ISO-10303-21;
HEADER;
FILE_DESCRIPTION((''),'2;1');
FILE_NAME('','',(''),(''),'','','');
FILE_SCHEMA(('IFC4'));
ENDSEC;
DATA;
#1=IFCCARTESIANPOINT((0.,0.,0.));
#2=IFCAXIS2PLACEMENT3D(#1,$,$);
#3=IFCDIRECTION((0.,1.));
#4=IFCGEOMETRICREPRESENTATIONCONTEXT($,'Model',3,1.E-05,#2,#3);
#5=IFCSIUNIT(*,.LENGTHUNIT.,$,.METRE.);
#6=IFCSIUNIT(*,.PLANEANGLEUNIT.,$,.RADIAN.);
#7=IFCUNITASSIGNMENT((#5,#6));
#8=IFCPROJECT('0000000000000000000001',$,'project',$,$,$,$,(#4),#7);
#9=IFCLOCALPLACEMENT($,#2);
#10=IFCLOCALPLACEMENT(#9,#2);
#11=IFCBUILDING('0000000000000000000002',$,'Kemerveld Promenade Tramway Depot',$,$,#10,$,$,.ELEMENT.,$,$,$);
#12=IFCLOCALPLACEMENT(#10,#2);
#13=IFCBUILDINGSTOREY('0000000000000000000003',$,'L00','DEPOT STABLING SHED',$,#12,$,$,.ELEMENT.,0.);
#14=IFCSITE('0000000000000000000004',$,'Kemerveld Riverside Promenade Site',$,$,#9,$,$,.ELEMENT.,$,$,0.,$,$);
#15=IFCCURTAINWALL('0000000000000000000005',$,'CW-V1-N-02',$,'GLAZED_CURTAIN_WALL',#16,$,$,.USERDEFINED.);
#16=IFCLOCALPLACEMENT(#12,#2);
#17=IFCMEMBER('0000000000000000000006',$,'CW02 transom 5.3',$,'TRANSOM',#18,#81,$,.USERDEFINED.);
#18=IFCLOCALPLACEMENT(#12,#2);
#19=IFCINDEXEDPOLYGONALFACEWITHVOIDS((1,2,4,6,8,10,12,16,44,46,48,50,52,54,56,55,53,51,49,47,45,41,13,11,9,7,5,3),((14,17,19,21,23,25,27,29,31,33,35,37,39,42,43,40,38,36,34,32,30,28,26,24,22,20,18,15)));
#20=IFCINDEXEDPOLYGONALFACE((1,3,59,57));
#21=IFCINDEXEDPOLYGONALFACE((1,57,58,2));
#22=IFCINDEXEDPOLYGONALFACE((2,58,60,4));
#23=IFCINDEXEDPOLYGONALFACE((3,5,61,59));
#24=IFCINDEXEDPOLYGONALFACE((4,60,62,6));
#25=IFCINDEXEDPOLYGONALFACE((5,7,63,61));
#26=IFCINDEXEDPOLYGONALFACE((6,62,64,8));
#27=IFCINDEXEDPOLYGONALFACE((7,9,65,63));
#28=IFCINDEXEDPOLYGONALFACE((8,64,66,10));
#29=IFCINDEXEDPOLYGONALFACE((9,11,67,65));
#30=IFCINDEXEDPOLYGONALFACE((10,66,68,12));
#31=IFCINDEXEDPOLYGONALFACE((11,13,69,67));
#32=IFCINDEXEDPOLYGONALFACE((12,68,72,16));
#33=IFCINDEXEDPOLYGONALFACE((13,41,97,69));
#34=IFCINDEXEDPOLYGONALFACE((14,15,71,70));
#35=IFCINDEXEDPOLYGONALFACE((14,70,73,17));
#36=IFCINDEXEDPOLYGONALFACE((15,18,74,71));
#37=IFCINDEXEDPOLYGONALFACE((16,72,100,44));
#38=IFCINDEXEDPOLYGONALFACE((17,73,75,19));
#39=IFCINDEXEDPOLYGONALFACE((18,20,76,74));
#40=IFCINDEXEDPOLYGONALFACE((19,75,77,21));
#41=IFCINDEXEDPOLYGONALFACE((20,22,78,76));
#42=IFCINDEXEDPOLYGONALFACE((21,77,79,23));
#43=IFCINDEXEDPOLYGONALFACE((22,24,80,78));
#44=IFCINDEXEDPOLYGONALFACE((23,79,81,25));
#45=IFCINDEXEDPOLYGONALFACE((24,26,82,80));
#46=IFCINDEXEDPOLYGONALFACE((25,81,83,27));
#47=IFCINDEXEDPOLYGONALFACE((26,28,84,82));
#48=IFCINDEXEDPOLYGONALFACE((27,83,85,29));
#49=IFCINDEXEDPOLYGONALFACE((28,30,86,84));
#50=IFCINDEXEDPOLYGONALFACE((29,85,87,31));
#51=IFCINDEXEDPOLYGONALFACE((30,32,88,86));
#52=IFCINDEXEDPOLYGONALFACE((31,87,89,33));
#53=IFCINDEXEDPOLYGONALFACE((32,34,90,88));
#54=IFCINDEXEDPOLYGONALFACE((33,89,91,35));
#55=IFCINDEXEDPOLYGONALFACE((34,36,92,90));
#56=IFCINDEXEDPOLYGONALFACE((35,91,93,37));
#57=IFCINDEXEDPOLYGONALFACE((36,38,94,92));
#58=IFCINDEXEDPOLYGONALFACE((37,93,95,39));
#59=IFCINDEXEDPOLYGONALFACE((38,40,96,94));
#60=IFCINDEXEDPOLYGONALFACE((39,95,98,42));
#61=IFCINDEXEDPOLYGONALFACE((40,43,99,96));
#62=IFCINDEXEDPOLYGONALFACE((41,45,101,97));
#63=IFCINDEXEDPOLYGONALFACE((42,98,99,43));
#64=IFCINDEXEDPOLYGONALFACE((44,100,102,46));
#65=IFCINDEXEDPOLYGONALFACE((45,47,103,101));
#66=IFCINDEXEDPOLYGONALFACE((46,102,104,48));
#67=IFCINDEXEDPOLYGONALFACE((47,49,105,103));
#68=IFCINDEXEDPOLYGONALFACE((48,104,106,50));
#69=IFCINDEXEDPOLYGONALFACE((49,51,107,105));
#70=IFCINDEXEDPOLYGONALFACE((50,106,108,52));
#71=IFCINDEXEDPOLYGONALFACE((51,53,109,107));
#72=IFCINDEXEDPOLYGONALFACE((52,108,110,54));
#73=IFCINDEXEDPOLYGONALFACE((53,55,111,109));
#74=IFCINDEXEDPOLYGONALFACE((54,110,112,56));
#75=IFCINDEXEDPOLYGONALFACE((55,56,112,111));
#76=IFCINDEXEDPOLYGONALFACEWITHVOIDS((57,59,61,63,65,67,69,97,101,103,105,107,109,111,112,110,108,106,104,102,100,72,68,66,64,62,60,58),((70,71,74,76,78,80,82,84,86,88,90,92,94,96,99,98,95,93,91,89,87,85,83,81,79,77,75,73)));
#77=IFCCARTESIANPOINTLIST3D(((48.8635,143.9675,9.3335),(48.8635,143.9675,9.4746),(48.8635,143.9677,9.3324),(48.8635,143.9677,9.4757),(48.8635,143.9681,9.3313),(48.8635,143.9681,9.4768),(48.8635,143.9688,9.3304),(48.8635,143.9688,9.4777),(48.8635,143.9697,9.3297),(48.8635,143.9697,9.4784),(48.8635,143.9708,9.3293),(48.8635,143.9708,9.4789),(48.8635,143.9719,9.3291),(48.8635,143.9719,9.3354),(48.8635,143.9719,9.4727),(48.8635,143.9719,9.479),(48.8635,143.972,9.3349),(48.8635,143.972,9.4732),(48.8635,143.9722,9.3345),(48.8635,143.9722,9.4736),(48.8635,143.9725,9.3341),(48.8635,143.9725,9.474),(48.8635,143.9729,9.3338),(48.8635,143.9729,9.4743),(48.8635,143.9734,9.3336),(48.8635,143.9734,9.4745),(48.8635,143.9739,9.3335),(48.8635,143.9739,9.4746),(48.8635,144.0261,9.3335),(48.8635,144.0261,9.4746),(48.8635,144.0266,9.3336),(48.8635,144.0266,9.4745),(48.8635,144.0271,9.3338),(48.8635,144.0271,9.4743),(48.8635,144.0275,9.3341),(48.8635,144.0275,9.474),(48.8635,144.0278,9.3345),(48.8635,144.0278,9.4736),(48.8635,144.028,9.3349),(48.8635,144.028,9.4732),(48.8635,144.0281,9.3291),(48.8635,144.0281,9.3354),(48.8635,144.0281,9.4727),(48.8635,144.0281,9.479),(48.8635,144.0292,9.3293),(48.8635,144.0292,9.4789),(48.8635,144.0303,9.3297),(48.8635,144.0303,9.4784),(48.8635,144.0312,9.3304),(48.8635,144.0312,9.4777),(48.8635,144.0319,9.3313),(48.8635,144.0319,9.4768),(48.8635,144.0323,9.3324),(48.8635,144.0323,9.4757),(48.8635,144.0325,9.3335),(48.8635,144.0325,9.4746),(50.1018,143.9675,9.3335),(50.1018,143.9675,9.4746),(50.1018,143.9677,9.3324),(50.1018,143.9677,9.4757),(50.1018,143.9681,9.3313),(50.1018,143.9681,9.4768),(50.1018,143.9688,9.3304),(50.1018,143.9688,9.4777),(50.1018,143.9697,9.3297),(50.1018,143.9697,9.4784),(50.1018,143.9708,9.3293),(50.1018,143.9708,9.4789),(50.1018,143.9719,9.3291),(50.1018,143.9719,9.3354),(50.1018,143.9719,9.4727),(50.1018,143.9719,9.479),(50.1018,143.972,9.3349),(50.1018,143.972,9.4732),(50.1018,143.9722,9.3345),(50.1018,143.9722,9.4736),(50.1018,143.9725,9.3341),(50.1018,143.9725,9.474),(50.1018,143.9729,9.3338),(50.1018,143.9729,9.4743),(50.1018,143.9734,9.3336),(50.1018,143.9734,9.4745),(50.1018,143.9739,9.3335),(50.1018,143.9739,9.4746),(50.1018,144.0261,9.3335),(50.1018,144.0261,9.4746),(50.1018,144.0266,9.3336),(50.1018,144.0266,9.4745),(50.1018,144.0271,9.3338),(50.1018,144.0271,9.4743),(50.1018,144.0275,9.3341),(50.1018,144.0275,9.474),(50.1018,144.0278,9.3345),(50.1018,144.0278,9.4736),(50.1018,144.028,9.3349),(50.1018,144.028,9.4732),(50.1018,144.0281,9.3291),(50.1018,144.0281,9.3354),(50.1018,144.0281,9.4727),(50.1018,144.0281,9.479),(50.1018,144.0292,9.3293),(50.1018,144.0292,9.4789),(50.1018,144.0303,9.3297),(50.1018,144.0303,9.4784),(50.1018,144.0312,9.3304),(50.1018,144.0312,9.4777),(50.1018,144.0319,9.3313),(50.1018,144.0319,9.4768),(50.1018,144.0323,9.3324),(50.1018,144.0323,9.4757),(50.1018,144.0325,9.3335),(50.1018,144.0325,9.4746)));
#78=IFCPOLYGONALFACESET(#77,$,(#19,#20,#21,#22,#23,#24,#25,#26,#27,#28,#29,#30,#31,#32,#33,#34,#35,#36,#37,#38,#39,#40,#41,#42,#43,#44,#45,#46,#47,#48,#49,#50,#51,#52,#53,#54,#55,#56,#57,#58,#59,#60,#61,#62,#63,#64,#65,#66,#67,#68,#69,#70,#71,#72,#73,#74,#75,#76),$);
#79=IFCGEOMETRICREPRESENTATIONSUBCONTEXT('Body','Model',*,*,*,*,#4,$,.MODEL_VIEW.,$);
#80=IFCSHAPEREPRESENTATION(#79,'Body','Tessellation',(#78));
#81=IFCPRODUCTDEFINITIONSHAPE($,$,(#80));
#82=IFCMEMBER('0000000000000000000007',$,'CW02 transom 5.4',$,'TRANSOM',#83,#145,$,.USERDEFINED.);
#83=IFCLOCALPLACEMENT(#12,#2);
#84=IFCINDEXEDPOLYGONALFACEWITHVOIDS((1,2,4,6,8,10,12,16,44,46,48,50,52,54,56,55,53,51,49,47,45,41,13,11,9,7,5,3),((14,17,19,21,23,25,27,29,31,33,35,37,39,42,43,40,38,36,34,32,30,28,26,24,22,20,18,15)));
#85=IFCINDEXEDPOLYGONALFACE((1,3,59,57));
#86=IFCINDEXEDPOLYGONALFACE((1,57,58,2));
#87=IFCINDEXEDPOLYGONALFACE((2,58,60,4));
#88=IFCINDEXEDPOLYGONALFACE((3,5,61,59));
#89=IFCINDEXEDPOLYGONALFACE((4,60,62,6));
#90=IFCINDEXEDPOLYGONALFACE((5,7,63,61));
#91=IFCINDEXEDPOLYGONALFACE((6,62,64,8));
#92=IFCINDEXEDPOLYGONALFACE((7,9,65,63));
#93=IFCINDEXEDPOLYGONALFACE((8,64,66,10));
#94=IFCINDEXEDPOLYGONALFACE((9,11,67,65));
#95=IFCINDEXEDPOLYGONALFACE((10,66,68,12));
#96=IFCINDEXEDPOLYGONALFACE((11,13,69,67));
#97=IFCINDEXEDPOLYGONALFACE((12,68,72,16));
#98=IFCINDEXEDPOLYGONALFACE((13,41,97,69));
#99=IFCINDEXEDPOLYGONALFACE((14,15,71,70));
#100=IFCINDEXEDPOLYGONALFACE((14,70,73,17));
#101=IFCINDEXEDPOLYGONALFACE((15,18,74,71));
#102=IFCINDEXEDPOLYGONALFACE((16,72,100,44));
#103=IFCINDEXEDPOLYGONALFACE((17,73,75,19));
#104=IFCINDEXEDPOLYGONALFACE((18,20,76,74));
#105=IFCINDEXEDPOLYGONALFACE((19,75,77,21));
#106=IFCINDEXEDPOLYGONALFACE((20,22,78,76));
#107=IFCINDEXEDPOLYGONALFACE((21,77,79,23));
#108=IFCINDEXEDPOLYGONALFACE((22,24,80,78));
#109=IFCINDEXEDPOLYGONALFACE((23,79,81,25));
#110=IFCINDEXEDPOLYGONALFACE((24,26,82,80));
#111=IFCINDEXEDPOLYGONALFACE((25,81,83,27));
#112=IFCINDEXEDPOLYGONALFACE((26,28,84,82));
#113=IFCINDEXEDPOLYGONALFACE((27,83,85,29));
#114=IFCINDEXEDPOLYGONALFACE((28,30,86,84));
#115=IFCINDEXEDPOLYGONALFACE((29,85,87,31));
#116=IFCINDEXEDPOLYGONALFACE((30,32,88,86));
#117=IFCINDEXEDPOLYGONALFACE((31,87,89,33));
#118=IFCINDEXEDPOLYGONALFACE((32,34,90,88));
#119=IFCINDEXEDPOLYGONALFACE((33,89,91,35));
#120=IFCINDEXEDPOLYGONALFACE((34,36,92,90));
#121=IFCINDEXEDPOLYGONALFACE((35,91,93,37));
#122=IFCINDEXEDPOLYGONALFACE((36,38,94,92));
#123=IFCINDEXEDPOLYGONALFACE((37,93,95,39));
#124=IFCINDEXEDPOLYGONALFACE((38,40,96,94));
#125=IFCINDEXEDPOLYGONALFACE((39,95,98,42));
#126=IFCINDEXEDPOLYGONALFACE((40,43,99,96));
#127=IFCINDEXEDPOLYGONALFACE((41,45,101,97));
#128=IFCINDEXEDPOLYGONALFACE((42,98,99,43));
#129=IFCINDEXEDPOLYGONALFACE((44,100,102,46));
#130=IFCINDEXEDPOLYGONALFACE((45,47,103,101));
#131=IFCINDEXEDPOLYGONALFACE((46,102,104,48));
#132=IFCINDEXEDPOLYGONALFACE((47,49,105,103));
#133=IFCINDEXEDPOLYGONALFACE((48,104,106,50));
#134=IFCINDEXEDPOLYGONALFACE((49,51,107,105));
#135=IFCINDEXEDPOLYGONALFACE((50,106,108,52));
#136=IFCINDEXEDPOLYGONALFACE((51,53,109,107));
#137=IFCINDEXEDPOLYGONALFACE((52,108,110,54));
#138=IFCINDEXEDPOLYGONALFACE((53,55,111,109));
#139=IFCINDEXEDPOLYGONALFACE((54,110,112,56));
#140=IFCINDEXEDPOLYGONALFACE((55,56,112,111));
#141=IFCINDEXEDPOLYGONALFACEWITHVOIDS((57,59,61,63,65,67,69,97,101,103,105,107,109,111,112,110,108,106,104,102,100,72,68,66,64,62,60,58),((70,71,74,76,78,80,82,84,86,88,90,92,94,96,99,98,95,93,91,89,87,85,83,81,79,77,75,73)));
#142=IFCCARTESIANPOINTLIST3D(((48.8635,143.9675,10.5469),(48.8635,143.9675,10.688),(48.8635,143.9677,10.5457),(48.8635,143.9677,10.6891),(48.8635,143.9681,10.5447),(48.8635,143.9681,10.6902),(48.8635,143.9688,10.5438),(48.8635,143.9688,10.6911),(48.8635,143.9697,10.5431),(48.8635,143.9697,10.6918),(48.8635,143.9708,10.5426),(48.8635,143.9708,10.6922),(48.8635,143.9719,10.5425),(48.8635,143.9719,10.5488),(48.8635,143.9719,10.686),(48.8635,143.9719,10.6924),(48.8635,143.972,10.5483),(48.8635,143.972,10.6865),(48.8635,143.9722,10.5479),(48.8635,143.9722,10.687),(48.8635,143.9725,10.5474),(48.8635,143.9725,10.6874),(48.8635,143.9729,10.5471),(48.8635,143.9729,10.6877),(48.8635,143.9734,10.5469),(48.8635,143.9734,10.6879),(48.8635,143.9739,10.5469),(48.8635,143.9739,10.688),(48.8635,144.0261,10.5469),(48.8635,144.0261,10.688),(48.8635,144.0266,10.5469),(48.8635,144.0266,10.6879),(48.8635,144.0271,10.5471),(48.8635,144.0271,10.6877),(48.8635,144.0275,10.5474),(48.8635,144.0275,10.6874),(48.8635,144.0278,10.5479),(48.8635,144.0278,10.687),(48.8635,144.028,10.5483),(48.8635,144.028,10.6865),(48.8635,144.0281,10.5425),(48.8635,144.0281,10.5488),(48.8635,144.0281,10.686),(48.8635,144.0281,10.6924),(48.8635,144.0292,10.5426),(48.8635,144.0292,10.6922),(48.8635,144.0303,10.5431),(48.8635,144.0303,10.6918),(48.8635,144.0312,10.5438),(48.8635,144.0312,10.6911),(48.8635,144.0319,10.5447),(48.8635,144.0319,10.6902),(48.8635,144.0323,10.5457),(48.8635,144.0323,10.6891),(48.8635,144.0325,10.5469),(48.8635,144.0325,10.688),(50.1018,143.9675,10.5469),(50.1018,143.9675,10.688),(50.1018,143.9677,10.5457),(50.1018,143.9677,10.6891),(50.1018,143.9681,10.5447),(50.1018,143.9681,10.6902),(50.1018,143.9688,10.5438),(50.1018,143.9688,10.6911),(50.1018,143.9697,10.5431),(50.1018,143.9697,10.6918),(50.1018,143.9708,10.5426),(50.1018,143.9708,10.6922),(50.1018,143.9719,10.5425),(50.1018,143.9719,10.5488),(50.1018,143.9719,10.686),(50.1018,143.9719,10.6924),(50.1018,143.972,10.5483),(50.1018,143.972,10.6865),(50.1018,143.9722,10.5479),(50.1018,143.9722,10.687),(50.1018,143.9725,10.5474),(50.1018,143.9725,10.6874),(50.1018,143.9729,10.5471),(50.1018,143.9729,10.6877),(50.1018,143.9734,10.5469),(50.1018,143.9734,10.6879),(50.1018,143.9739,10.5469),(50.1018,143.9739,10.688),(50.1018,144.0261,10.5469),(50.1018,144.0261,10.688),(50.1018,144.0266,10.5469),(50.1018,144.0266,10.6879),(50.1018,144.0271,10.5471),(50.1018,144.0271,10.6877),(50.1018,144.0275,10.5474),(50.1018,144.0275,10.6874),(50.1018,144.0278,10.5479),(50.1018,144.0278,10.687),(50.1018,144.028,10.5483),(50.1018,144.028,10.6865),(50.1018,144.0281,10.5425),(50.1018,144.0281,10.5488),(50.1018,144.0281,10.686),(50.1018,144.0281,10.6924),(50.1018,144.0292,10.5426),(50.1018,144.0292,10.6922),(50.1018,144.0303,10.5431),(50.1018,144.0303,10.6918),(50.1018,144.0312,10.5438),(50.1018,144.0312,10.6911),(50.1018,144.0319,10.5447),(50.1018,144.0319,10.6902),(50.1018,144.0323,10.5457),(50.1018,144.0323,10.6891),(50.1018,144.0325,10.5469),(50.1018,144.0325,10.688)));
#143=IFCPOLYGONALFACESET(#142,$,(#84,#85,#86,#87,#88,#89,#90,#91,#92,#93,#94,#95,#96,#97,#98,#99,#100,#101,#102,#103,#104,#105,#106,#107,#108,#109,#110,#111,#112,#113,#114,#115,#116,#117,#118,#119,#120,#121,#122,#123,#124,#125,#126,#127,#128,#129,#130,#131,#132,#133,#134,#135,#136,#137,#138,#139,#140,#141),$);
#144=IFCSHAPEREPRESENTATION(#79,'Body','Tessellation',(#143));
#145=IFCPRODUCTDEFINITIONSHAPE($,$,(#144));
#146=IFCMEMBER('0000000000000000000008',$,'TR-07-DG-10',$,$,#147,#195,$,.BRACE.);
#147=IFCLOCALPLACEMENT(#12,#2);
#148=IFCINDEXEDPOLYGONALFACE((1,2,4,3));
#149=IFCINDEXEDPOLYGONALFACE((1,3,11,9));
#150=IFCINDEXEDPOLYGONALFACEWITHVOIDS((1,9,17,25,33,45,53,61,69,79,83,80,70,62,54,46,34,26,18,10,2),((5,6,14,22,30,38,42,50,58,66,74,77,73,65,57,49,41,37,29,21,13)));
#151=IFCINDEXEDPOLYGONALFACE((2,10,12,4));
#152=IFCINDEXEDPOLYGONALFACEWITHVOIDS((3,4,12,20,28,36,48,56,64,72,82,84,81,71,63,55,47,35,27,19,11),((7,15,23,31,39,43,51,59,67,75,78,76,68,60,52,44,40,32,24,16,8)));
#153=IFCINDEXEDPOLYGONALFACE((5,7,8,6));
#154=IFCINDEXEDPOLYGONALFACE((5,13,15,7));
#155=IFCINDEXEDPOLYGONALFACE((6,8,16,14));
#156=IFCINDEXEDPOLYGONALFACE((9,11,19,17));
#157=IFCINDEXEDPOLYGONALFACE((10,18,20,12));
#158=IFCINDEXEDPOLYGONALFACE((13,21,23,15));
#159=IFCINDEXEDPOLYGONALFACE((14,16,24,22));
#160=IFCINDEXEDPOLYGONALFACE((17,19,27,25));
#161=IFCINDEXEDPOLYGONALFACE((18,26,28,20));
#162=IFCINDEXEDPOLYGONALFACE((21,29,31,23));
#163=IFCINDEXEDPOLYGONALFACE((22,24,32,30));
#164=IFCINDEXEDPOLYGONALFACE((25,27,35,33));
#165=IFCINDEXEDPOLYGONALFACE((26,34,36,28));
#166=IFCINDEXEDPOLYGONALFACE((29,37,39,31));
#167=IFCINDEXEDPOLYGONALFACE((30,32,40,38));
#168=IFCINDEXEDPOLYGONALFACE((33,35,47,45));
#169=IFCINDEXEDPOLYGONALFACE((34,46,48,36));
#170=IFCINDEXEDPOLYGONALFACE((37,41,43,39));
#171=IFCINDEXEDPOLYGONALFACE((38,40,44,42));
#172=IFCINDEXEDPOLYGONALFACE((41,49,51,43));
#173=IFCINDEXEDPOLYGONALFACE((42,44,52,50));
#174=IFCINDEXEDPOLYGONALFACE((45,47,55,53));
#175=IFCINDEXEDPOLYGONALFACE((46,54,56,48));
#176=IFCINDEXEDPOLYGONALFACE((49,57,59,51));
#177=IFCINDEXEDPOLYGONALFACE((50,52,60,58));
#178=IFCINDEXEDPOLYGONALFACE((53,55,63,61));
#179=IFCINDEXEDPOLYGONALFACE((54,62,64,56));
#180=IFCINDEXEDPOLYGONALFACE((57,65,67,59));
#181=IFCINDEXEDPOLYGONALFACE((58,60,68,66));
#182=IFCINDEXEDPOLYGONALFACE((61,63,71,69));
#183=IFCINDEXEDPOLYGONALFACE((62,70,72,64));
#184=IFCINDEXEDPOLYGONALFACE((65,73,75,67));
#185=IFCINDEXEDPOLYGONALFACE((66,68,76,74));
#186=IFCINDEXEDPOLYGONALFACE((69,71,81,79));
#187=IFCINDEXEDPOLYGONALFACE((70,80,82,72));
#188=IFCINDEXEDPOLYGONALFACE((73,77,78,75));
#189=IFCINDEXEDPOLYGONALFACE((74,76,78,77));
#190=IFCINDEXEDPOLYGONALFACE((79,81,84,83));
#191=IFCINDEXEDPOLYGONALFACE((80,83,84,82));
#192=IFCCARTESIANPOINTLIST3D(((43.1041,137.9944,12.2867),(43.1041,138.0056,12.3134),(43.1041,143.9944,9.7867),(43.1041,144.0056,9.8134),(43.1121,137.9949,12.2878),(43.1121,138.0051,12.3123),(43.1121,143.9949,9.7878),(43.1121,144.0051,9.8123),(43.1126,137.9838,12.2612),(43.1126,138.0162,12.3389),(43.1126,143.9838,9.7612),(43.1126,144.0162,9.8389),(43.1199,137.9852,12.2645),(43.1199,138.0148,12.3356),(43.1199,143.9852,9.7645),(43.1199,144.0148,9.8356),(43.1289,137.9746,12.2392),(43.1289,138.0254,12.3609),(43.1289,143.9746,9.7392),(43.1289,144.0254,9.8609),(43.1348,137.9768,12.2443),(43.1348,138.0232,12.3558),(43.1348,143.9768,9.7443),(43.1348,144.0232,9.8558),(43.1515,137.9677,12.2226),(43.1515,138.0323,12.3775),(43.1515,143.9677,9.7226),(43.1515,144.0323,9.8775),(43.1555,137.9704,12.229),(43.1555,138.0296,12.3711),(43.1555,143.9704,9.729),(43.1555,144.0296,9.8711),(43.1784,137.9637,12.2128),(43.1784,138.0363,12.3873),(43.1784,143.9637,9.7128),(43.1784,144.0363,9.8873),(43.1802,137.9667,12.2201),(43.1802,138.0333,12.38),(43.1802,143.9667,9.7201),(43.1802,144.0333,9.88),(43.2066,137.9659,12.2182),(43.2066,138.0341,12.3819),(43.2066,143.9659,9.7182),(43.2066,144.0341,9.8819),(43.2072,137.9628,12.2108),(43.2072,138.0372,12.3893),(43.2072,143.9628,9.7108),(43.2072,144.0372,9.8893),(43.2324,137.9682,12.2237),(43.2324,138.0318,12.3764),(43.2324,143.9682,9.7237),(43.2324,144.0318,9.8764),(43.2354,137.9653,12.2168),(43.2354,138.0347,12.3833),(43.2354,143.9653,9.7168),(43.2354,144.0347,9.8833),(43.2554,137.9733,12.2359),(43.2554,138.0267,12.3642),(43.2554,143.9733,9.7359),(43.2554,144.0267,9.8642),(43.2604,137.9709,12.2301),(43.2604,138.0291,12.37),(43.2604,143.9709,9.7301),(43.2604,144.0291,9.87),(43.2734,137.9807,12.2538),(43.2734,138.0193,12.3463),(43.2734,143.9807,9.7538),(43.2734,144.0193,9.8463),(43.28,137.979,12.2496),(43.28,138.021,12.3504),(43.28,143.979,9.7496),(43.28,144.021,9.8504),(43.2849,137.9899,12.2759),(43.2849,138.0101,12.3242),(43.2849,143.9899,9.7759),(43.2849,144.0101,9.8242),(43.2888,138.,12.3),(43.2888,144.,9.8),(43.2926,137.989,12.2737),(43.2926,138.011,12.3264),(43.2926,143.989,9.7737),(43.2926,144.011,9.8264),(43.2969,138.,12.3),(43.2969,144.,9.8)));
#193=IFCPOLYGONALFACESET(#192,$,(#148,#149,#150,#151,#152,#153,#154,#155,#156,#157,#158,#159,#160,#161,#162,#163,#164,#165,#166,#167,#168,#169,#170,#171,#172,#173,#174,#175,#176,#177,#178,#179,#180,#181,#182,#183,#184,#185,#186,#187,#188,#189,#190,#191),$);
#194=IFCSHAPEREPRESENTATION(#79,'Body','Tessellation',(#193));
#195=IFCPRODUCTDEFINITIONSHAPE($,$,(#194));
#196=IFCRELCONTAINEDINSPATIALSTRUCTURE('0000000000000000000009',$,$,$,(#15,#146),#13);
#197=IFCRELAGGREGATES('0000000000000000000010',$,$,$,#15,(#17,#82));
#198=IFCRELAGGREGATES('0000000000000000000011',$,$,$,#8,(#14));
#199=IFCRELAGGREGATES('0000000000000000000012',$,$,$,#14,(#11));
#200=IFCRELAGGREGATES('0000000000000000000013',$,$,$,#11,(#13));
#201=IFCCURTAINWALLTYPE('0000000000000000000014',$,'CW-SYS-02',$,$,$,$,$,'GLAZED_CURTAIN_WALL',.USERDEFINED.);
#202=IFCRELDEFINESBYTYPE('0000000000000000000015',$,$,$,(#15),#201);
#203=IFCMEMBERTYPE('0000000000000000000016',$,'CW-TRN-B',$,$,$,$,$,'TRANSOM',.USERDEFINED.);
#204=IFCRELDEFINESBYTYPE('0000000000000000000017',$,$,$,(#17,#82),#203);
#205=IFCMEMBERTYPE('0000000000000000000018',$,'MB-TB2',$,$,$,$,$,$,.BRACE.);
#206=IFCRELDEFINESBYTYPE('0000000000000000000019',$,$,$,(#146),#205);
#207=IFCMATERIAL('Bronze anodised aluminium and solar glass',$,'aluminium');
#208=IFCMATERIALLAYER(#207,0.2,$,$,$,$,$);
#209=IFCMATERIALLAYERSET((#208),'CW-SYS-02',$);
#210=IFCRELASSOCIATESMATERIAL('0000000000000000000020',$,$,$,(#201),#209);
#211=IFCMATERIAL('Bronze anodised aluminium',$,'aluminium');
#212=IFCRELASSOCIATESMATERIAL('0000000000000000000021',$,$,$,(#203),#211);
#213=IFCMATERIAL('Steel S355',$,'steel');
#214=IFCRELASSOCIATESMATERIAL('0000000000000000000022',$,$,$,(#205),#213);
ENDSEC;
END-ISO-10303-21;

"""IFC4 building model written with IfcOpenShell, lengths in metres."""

from ifc_helpers import new_model, si_unit, direction, frame, origin, origin_2d, place, context, subcontext, project, spatial, hollow_rectangle, hollow_circle, extrude, material, layer, layer_set, material_profile, profile_set, type_object, element, aggregate, save


model = new_model("IFC4")

# Units and contexts
model_context = context("Model", 3, precision=1e-05, world=origin(), true_north=direction((0.0, 1.0)))
body_context = subcontext(model_context, "Body", "Model", "MODEL_VIEW")
ifc_project = project(units=[si_unit("LENGTHUNIT", "METRE"), si_unit("PLANEANGLEUNIT", "RADIAN")], contexts=[model_context])

# Site, building, storey
site_placement = place(None, origin())
site = spatial("IfcSite", under=ifc_project, at=site_placement, Name="Kemerveld Riverside Promenade Site", CompositionType="ELEMENT", RefElevation=0.0)
building_placement = place(site_placement, origin())
building = spatial("IfcBuilding", under=site, at=building_placement, Name="Kemerveld Promenade Tramway Depot", CompositionType="ELEMENT")
storey_placement = place(building_placement, origin())
storey = spatial("IfcBuildingStorey", under=building, at=storey_placement, Name="L00", Description="DEPOT STABLING SHED", CompositionType="ELEMENT", Elevation=0.0)

# Shared definitions
ifc_material_1 = material(Name="Steel S355", Category="steel")

# Curtain wall, members
ifc_material_2 = material(Name="Bronze anodised aluminium and solar glass", Category="aluminium")
ifc_material_3 = material(Name="Bronze anodised aluminium", Category="aluminium")
ifc_layer_1 = layer(ifc_material_2, 0.2)
ifc_layer_set_1 = layer_set([ifc_layer_1], Name="CW-SYS-02")
curtain_wall_type_1 = type_object("IfcCurtainWallType", Name="CW-SYS-02", ElementType="GLAZED_CURTAIN_WALL", PredefinedType="USERDEFINED", material=ifc_layer_set_1)
curtain_wall_1_placement = place(storey_placement, origin())
curtain_wall_1 = element("IfcCurtainWall", 1, at=curtain_wall_1_placement, inside=storey, type_object=curtain_wall_type_1, Name="CW-V1-N-02", ObjectType="GLAZED_CURTAIN_WALL", PredefinedType="USERDEFINED")
ifc_material_profile_1 = material_profile(ifc_material_3, hollow_rectangle(XDim=0.0649, YDim=0.1499, WallThickness=0.0044, InnerFilletRadius=0.002, OuterFilletRadius=0.0044, at=origin_2d()), Name="CW-TRN-150x65")
ifc_profile_set_1 = profile_set([ifc_material_profile_1], Name="Bronze anodised aluminium")
member_type_1 = type_object("IfcMemberType", Name="CW-TRN-B", ElementType="TRANSOM", PredefinedType="USERDEFINED", material=ifc_profile_set_1)
member_1_placement = place(storey_placement, frame((48.8635, 144.0, 9.4041), z_axis=(1.0, 0.0, 0.0), x_axis=(0.0, 1.0, 0.0)))
member_1 = element("IfcMember", 2, at=member_1_placement, type_object=member_type_1, Name="CW02 transom 5.3", ObjectType="TRANSOM", PredefinedType="USERDEFINED", context=body_context, shape_type="SweptSolid", body=[
    extrude(hollow_rectangle(XDim=0.0649, YDim=0.1499, WallThickness=0.0044, InnerFilletRadius=0.002, OuterFilletRadius=0.0044, at=origin_2d()), origin(), (0.0, 0.0, 1.0), 1.2383),
])
member_2_placement = place(storey_placement, frame((48.8635, 144.0, 10.6174), z_axis=(1.0, 0.0, 0.0), x_axis=(0.0, 1.0, 0.0)))
member_2 = element("IfcMember", 3, at=member_2_placement, type_object=member_type_1, Name="CW02 transom 5.4", ObjectType="TRANSOM", PredefinedType="USERDEFINED", context=body_context, shape_type="SweptSolid", body=[
    extrude(hollow_rectangle(XDim=0.0649, YDim=0.1499, WallThickness=0.0044, InnerFilletRadius=0.002, OuterFilletRadius=0.0044, at=origin_2d()), origin(), (0.0, 0.0, 1.0), 1.2383),
])

# Member
ifc_material_profile_2 = material_profile(ifc_material_1, hollow_circle(Radius=0.0969, WallThickness=0.0081, at=origin_2d()), Name="193.7x8.0 CHS")
ifc_profile_set_2 = profile_set([ifc_material_profile_2], Name="Steel S355")
member_type_2 = type_object("IfcMemberType", Name="MB-TB2", PredefinedType="BRACE", material=ifc_profile_set_2)
member_3_placement = place(storey_placement, frame((43.2, 144.0, 9.8), z_axis=(0.0, -0.923077, 0.384615), x_axis=(1.0, 0.0, 0.0)))
element("IfcMember", 4, at=member_3_placement, inside=storey, type_object=member_type_2, Name="TR-07-DG-10", PredefinedType="BRACE", context=body_context, shape_type="SweptSolid", body=[
    extrude(hollow_circle(Radius=0.0969, WallThickness=0.0081, at=origin_2d()), origin(), (0.0, 0.0, 1.0), 6.5),
])

aggregate(curtain_wall_1, [member_1, member_2])

save(model, "model.ifc")
